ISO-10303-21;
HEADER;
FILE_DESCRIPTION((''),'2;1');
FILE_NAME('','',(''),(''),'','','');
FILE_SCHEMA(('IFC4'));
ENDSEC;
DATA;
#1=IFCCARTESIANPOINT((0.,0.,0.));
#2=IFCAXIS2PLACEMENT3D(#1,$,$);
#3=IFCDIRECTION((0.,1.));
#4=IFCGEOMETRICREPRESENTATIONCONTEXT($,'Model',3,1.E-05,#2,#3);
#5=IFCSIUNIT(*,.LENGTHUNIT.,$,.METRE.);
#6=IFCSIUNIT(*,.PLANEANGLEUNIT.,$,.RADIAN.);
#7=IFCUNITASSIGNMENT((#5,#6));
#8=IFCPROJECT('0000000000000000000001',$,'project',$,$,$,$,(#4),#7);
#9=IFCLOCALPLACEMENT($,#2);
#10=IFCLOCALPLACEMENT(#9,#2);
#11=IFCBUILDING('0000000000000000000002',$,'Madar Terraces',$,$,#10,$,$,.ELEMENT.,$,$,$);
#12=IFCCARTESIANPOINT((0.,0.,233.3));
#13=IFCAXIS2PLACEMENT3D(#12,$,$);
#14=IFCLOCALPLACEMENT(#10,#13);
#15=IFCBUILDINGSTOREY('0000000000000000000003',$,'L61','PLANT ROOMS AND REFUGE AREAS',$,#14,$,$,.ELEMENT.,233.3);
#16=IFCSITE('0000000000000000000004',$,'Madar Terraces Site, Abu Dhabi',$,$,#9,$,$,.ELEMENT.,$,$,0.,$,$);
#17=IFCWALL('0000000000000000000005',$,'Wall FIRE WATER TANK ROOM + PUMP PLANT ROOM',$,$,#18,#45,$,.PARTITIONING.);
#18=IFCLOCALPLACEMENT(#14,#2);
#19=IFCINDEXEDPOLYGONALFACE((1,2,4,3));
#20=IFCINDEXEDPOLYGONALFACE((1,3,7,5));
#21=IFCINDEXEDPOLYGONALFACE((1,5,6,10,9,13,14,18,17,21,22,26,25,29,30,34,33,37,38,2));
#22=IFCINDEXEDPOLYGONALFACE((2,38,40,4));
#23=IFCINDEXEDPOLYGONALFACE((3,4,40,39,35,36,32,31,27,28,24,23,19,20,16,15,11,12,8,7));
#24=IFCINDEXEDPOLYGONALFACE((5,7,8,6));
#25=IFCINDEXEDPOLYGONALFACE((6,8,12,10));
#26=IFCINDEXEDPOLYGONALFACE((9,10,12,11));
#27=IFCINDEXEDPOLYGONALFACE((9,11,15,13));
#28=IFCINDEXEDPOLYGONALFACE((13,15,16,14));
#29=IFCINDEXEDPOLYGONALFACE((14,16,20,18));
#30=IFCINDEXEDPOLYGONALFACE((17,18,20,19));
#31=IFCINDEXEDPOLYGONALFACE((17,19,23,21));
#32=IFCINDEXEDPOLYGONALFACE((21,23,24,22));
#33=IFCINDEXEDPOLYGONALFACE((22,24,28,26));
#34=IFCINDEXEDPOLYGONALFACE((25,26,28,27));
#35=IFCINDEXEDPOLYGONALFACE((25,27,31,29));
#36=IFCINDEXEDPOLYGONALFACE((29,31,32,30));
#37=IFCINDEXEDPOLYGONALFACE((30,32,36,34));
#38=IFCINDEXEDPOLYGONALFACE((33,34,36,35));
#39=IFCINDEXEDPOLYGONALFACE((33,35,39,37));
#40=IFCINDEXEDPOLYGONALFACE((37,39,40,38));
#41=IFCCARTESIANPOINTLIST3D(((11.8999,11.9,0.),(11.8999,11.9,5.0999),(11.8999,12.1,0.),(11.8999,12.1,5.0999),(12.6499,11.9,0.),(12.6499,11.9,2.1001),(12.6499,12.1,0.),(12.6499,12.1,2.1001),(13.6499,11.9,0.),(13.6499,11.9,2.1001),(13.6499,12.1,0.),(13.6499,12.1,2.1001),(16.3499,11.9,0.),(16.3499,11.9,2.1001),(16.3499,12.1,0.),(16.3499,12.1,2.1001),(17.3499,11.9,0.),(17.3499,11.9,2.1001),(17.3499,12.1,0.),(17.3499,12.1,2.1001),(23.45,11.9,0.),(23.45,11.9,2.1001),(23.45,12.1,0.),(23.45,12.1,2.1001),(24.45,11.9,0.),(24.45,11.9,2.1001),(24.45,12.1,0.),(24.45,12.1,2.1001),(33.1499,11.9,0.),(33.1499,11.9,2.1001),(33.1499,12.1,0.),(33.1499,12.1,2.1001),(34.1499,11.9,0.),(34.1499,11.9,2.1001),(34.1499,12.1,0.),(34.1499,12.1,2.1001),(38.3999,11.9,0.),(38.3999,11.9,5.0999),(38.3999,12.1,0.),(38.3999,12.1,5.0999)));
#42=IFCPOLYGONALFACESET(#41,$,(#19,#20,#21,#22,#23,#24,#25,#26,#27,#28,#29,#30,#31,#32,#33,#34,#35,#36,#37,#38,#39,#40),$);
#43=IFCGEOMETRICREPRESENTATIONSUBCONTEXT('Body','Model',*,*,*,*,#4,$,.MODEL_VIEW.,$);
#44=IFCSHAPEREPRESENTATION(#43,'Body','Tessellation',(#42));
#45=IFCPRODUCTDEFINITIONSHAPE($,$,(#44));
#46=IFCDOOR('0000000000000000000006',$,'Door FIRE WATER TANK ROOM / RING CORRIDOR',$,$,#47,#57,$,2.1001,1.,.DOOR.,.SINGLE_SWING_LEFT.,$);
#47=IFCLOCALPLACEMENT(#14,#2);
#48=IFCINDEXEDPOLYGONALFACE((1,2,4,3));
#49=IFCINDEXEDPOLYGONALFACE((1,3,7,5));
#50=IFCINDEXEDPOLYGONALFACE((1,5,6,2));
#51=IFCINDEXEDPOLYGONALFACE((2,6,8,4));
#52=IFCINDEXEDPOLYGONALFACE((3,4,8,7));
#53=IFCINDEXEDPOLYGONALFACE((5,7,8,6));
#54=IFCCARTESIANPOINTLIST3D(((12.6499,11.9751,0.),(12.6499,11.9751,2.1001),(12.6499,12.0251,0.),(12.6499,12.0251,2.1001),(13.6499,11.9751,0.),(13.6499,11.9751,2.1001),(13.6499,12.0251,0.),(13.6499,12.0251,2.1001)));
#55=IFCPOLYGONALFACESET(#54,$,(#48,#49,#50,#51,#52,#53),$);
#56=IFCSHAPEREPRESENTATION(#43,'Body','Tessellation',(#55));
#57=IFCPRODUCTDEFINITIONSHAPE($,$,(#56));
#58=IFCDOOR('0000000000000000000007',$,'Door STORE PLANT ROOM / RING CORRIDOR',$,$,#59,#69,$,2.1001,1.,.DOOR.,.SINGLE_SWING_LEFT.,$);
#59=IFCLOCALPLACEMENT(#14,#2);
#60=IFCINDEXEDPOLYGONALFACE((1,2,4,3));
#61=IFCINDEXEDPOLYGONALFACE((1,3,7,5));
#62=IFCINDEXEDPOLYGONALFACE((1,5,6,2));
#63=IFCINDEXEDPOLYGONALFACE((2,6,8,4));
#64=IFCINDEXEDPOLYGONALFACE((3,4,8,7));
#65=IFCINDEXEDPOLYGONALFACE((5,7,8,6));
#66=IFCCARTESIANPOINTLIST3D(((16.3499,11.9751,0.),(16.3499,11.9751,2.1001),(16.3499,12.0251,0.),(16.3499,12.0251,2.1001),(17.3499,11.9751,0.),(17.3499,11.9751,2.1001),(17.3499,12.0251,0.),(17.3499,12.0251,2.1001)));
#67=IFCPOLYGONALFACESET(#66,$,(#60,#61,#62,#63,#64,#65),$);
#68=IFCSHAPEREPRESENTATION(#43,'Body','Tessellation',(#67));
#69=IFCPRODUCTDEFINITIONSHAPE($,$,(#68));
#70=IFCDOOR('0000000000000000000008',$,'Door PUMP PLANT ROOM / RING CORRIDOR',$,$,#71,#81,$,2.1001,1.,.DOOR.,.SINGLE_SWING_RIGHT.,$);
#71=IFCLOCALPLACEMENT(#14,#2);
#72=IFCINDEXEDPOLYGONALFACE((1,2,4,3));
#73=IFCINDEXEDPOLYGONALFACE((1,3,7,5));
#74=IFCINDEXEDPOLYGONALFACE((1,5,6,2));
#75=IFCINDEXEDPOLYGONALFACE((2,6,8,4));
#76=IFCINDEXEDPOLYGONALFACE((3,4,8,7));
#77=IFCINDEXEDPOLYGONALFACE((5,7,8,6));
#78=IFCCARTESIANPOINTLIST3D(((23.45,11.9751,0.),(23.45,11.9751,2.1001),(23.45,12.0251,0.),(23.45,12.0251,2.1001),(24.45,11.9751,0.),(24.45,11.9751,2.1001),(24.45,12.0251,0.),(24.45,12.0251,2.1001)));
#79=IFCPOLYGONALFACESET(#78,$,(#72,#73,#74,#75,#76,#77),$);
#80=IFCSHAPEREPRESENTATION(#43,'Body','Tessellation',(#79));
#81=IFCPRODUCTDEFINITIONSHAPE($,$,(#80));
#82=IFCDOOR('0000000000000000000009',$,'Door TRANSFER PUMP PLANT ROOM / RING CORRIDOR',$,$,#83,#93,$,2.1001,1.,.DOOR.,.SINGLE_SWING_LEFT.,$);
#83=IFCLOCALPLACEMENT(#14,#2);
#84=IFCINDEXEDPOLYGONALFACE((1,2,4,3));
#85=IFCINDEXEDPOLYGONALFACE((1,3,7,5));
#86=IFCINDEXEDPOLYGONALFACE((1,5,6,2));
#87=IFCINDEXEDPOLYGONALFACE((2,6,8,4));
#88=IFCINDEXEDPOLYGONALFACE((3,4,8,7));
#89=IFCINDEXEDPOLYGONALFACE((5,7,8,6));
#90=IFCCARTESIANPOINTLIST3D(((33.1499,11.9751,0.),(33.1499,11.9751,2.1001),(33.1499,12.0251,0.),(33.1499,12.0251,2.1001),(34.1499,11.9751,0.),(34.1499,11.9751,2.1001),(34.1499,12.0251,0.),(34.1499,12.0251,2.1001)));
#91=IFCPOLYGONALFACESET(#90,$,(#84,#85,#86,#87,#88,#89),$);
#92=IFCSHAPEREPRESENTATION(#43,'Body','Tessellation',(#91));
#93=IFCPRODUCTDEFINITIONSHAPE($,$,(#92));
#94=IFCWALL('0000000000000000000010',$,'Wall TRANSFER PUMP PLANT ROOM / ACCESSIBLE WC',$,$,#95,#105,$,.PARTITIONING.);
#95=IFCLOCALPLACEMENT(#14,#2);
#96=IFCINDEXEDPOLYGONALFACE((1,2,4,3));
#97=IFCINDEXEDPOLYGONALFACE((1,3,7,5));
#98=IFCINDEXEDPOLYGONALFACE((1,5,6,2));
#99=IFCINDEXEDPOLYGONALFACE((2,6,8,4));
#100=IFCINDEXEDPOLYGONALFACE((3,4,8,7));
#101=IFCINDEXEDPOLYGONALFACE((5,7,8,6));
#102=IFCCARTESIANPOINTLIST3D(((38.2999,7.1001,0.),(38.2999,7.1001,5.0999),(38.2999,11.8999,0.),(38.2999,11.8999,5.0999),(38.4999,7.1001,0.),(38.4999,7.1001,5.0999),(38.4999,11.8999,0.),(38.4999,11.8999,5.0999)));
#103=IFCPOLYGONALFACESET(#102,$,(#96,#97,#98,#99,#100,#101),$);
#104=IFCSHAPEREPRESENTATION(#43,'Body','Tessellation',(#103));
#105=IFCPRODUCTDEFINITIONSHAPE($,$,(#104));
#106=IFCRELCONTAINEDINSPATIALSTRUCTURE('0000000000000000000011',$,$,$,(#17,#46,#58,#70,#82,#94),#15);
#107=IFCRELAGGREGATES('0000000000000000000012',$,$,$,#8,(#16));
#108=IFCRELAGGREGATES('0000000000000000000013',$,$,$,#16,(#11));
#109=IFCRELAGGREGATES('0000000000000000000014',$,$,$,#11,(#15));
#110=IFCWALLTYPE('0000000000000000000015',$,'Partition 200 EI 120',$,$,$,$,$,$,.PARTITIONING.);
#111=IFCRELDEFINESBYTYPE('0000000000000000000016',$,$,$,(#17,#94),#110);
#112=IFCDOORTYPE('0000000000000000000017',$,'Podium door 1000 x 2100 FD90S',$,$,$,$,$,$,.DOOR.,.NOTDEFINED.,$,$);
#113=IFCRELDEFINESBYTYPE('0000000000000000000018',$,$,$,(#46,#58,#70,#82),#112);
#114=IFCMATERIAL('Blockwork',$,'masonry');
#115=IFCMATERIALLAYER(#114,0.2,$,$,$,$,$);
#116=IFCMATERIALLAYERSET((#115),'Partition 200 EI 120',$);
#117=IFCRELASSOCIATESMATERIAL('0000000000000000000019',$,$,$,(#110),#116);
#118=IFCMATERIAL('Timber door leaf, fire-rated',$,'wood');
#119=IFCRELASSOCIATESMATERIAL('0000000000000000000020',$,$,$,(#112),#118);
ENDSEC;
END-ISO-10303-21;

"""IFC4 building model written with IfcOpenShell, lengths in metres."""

from ifc_helpers import new_model, si_unit, direction, frame, frame_2d, origin, place, context, subcontext, project, spatial, rectangle, extrude, material, layer, layer_set, type_object, element, fill, save


model = new_model("IFC4")

# Units and contexts
model_context = context("Model", 3, precision=1e-05, world=origin(), true_north=direction((0.0, 1.0)))
body_context = subcontext(model_context, "Body", "Model", "MODEL_VIEW")
ifc_project = project(units=[si_unit("LENGTHUNIT", "METRE"), si_unit("PLANEANGLEUNIT", "RADIAN")], contexts=[model_context])

# Site, building, storey
site_placement = place(None, origin())
site = spatial("IfcSite", under=ifc_project, at=site_placement, Name="Madar Terraces Site, Abu Dhabi", CompositionType="ELEMENT", RefElevation=0.0)
building_placement = place(site_placement, origin())
building = spatial("IfcBuilding", under=site, at=building_placement, Name="Madar Terraces", CompositionType="ELEMENT")
storey_placement = place(building_placement, frame((0.0, 0.0, 233.3)))
storey = spatial("IfcBuildingStorey", under=building, at=storey_placement, Name="L61", Description="PLANT ROOMS AND REFUGE AREAS", CompositionType="ELEMENT", Elevation=233.3)

# Wall, openings, doors
ifc_material_1 = material(Name="Blockwork", Category="masonry")
ifc_layer_1 = layer(ifc_material_1, 0.2)
ifc_layer_set_1 = layer_set([ifc_layer_1], Name="Partition 200 EI 120")
wall_type = type_object("IfcWallType", Name="Partition 200 EI 120", PredefinedType="PARTITIONING", material=ifc_layer_set_1)
wall_1_placement = place(storey_placement, frame((38.3999, 12.0, 0.0), z_axis=(0.0, 0.0, 1.0), x_axis=(-1.0, 0.0, 0.0)))
wall_1 = element("IfcWall", 1, at=wall_1_placement, inside=storey, type_object=wall_type, Name="Wall FIRE WATER TANK ROOM + PUMP PLANT ROOM", PredefinedType="PARTITIONING", context=body_context, shape_type="SweptSolid", body=[
    extrude(rectangle(XDim=26.5, YDim=0.2, at=frame_2d((13.25, 0.0))), origin(), (0.0, 0.0, 1.0), 5.0999),
])
opening_1_placement = place(wall_1_placement, frame((24.75, 0.0, 0.0)))
opening_1 = element("IfcOpeningElement", 2, at=opening_1_placement, cuts=wall_1, PredefinedType="OPENING", context=body_context, shape_type="SweptSolid", body=[
    extrude(rectangle(XDim=1.0, YDim=2.1001, at=frame_2d((0.5, 1.05))), frame((0.0, 0.1099, 0.0), z_axis=(0.0, -1.0, 0.0), x_axis=(1.0, 0.0, 0.0)), (0.0, 0.0, 1.0), 0.22),
])
opening_2_placement = place(wall_1_placement, frame((21.05, 0.0, 0.0)))
opening_2 = element("IfcOpeningElement", 3, at=opening_2_placement, cuts=wall_1, PredefinedType="OPENING", context=body_context, shape_type="SweptSolid", body=[
    extrude(rectangle(XDim=1.0, YDim=2.1001, at=frame_2d((0.5, 1.05))), frame((0.0, 0.1099, 0.0), z_axis=(0.0, -1.0, 0.0), x_axis=(1.0, 0.0, 0.0)), (0.0, 0.0, 1.0), 0.22),
])
opening_3_placement = place(wall_1_placement, frame((13.95, 0.0, 0.0)))
opening_3 = element("IfcOpeningElement", 4, at=opening_3_placement, cuts=wall_1, PredefinedType="OPENING", context=body_context, shape_type="SweptSolid", body=[
    extrude(rectangle(XDim=1.0, YDim=2.1001, at=frame_2d((0.5, 1.05))), frame((0.0, 0.1099, 0.0), z_axis=(0.0, -1.0, 0.0), x_axis=(1.0, 0.0, 0.0)), (0.0, 0.0, 1.0), 0.22),
])
opening_4_placement = place(wall_1_placement, frame((4.25, 0.0, 0.0)))
opening_4 = element("IfcOpeningElement", 5, at=opening_4_placement, cuts=wall_1, PredefinedType="OPENING", context=body_context, shape_type="SweptSolid", body=[
    extrude(rectangle(XDim=1.0, YDim=2.1001, at=frame_2d((0.5, 1.05))), frame((0.0, 0.1099, 0.0), z_axis=(0.0, -1.0, 0.0), x_axis=(1.0, 0.0, 0.0)), (0.0, 0.0, 1.0), 0.22),
])
ifc_material_2 = material(Name="Timber door leaf, fire-rated", Category="wood")
door_type = type_object("IfcDoorType", Name="Podium door 1000 x 2100 FD90S", OperationType="NOTDEFINED", PredefinedType="DOOR", material=ifc_material_2)
door_1_placement = place(opening_1_placement, origin())
door_1 = element("IfcDoor", 6, at=door_1_placement, inside=storey, type_object=door_type, Name="Door FIRE WATER TANK ROOM / RING CORRIDOR", OperationType="SINGLE_SWING_LEFT", OverallHeight=2.1001, OverallWidth=1.0, PredefinedType="DOOR", context=body_context, shape_type="SweptSolid", body=[
    extrude(rectangle(XDim=1.0, YDim=2.1001, at=frame_2d((0.5, 1.05))), frame((0.0, 0.0249, 0.0), z_axis=(0.0, -1.0, 0.0), x_axis=(1.0, 0.0, 0.0)), (0.0, 0.0, 1.0), 0.05),
])
fill(opening_1, door_1)
door_2_placement = place(opening_2_placement, origin())
door_2 = element("IfcDoor", 7, at=door_2_placement, inside=storey, type_object=door_type, Name="Door STORE PLANT ROOM / RING CORRIDOR", OperationType="SINGLE_SWING_LEFT", OverallHeight=2.1001, OverallWidth=1.0, PredefinedType="DOOR", context=body_context, shape_type="SweptSolid", body=[
    extrude(rectangle(XDim=1.0, YDim=2.1001, at=frame_2d((0.5, 1.05))), frame((0.0, 0.0249, 0.0), z_axis=(0.0, -1.0, 0.0), x_axis=(1.0, 0.0, 0.0)), (0.0, 0.0, 1.0), 0.05),
])
fill(opening_2, door_2)
door_3_placement = place(opening_3_placement, origin())
door_3 = element("IfcDoor", 8, at=door_3_placement, inside=storey, type_object=door_type, Name="Door PUMP PLANT ROOM / RING CORRIDOR", OperationType="SINGLE_SWING_RIGHT", OverallHeight=2.1001, OverallWidth=1.0, PredefinedType="DOOR", context=body_context, shape_type="SweptSolid", body=[
    extrude(rectangle(XDim=1.0, YDim=2.1001, at=frame_2d((0.5, 1.05))), frame((0.0, 0.0249, 0.0), z_axis=(0.0, -1.0, 0.0), x_axis=(1.0, 0.0, 0.0)), (0.0, 0.0, 1.0), 0.05),
])
fill(opening_3, door_3)
door_4_placement = place(opening_4_placement, origin())
door_4 = element("IfcDoor", 9, at=door_4_placement, inside=storey, type_object=door_type, Name="Door TRANSFER PUMP PLANT ROOM / RING CORRIDOR", OperationType="SINGLE_SWING_LEFT", OverallHeight=2.1001, OverallWidth=1.0, PredefinedType="DOOR", context=body_context, shape_type="SweptSolid", body=[
    extrude(rectangle(XDim=1.0, YDim=2.1001, at=frame_2d((0.5, 1.05))), frame((0.0, 0.0249, 0.0), z_axis=(0.0, -1.0, 0.0), x_axis=(1.0, 0.0, 0.0)), (0.0, 0.0, 1.0), 0.05),
])
fill(opening_4, door_4)

# Wall
wall_2_placement = place(storey_placement, frame((38.3999, 7.1001, 0.0), z_axis=(0.0, 0.0, 1.0), x_axis=(0.0, 1.0, 0.0)))
element("IfcWall", 10, at=wall_2_placement, inside=storey, type_object=wall_type, Name="Wall TRANSFER PUMP PLANT ROOM / ACCESSIBLE WC", PredefinedType="PARTITIONING", context=body_context, shape_type="SweptSolid", body=[
    extrude(rectangle(XDim=4.7998, YDim=0.2, at=frame_2d((2.3999, 0.0))), origin(), (0.0, 0.0, 1.0), 5.0999),
])

save(model, "model.ifc")
